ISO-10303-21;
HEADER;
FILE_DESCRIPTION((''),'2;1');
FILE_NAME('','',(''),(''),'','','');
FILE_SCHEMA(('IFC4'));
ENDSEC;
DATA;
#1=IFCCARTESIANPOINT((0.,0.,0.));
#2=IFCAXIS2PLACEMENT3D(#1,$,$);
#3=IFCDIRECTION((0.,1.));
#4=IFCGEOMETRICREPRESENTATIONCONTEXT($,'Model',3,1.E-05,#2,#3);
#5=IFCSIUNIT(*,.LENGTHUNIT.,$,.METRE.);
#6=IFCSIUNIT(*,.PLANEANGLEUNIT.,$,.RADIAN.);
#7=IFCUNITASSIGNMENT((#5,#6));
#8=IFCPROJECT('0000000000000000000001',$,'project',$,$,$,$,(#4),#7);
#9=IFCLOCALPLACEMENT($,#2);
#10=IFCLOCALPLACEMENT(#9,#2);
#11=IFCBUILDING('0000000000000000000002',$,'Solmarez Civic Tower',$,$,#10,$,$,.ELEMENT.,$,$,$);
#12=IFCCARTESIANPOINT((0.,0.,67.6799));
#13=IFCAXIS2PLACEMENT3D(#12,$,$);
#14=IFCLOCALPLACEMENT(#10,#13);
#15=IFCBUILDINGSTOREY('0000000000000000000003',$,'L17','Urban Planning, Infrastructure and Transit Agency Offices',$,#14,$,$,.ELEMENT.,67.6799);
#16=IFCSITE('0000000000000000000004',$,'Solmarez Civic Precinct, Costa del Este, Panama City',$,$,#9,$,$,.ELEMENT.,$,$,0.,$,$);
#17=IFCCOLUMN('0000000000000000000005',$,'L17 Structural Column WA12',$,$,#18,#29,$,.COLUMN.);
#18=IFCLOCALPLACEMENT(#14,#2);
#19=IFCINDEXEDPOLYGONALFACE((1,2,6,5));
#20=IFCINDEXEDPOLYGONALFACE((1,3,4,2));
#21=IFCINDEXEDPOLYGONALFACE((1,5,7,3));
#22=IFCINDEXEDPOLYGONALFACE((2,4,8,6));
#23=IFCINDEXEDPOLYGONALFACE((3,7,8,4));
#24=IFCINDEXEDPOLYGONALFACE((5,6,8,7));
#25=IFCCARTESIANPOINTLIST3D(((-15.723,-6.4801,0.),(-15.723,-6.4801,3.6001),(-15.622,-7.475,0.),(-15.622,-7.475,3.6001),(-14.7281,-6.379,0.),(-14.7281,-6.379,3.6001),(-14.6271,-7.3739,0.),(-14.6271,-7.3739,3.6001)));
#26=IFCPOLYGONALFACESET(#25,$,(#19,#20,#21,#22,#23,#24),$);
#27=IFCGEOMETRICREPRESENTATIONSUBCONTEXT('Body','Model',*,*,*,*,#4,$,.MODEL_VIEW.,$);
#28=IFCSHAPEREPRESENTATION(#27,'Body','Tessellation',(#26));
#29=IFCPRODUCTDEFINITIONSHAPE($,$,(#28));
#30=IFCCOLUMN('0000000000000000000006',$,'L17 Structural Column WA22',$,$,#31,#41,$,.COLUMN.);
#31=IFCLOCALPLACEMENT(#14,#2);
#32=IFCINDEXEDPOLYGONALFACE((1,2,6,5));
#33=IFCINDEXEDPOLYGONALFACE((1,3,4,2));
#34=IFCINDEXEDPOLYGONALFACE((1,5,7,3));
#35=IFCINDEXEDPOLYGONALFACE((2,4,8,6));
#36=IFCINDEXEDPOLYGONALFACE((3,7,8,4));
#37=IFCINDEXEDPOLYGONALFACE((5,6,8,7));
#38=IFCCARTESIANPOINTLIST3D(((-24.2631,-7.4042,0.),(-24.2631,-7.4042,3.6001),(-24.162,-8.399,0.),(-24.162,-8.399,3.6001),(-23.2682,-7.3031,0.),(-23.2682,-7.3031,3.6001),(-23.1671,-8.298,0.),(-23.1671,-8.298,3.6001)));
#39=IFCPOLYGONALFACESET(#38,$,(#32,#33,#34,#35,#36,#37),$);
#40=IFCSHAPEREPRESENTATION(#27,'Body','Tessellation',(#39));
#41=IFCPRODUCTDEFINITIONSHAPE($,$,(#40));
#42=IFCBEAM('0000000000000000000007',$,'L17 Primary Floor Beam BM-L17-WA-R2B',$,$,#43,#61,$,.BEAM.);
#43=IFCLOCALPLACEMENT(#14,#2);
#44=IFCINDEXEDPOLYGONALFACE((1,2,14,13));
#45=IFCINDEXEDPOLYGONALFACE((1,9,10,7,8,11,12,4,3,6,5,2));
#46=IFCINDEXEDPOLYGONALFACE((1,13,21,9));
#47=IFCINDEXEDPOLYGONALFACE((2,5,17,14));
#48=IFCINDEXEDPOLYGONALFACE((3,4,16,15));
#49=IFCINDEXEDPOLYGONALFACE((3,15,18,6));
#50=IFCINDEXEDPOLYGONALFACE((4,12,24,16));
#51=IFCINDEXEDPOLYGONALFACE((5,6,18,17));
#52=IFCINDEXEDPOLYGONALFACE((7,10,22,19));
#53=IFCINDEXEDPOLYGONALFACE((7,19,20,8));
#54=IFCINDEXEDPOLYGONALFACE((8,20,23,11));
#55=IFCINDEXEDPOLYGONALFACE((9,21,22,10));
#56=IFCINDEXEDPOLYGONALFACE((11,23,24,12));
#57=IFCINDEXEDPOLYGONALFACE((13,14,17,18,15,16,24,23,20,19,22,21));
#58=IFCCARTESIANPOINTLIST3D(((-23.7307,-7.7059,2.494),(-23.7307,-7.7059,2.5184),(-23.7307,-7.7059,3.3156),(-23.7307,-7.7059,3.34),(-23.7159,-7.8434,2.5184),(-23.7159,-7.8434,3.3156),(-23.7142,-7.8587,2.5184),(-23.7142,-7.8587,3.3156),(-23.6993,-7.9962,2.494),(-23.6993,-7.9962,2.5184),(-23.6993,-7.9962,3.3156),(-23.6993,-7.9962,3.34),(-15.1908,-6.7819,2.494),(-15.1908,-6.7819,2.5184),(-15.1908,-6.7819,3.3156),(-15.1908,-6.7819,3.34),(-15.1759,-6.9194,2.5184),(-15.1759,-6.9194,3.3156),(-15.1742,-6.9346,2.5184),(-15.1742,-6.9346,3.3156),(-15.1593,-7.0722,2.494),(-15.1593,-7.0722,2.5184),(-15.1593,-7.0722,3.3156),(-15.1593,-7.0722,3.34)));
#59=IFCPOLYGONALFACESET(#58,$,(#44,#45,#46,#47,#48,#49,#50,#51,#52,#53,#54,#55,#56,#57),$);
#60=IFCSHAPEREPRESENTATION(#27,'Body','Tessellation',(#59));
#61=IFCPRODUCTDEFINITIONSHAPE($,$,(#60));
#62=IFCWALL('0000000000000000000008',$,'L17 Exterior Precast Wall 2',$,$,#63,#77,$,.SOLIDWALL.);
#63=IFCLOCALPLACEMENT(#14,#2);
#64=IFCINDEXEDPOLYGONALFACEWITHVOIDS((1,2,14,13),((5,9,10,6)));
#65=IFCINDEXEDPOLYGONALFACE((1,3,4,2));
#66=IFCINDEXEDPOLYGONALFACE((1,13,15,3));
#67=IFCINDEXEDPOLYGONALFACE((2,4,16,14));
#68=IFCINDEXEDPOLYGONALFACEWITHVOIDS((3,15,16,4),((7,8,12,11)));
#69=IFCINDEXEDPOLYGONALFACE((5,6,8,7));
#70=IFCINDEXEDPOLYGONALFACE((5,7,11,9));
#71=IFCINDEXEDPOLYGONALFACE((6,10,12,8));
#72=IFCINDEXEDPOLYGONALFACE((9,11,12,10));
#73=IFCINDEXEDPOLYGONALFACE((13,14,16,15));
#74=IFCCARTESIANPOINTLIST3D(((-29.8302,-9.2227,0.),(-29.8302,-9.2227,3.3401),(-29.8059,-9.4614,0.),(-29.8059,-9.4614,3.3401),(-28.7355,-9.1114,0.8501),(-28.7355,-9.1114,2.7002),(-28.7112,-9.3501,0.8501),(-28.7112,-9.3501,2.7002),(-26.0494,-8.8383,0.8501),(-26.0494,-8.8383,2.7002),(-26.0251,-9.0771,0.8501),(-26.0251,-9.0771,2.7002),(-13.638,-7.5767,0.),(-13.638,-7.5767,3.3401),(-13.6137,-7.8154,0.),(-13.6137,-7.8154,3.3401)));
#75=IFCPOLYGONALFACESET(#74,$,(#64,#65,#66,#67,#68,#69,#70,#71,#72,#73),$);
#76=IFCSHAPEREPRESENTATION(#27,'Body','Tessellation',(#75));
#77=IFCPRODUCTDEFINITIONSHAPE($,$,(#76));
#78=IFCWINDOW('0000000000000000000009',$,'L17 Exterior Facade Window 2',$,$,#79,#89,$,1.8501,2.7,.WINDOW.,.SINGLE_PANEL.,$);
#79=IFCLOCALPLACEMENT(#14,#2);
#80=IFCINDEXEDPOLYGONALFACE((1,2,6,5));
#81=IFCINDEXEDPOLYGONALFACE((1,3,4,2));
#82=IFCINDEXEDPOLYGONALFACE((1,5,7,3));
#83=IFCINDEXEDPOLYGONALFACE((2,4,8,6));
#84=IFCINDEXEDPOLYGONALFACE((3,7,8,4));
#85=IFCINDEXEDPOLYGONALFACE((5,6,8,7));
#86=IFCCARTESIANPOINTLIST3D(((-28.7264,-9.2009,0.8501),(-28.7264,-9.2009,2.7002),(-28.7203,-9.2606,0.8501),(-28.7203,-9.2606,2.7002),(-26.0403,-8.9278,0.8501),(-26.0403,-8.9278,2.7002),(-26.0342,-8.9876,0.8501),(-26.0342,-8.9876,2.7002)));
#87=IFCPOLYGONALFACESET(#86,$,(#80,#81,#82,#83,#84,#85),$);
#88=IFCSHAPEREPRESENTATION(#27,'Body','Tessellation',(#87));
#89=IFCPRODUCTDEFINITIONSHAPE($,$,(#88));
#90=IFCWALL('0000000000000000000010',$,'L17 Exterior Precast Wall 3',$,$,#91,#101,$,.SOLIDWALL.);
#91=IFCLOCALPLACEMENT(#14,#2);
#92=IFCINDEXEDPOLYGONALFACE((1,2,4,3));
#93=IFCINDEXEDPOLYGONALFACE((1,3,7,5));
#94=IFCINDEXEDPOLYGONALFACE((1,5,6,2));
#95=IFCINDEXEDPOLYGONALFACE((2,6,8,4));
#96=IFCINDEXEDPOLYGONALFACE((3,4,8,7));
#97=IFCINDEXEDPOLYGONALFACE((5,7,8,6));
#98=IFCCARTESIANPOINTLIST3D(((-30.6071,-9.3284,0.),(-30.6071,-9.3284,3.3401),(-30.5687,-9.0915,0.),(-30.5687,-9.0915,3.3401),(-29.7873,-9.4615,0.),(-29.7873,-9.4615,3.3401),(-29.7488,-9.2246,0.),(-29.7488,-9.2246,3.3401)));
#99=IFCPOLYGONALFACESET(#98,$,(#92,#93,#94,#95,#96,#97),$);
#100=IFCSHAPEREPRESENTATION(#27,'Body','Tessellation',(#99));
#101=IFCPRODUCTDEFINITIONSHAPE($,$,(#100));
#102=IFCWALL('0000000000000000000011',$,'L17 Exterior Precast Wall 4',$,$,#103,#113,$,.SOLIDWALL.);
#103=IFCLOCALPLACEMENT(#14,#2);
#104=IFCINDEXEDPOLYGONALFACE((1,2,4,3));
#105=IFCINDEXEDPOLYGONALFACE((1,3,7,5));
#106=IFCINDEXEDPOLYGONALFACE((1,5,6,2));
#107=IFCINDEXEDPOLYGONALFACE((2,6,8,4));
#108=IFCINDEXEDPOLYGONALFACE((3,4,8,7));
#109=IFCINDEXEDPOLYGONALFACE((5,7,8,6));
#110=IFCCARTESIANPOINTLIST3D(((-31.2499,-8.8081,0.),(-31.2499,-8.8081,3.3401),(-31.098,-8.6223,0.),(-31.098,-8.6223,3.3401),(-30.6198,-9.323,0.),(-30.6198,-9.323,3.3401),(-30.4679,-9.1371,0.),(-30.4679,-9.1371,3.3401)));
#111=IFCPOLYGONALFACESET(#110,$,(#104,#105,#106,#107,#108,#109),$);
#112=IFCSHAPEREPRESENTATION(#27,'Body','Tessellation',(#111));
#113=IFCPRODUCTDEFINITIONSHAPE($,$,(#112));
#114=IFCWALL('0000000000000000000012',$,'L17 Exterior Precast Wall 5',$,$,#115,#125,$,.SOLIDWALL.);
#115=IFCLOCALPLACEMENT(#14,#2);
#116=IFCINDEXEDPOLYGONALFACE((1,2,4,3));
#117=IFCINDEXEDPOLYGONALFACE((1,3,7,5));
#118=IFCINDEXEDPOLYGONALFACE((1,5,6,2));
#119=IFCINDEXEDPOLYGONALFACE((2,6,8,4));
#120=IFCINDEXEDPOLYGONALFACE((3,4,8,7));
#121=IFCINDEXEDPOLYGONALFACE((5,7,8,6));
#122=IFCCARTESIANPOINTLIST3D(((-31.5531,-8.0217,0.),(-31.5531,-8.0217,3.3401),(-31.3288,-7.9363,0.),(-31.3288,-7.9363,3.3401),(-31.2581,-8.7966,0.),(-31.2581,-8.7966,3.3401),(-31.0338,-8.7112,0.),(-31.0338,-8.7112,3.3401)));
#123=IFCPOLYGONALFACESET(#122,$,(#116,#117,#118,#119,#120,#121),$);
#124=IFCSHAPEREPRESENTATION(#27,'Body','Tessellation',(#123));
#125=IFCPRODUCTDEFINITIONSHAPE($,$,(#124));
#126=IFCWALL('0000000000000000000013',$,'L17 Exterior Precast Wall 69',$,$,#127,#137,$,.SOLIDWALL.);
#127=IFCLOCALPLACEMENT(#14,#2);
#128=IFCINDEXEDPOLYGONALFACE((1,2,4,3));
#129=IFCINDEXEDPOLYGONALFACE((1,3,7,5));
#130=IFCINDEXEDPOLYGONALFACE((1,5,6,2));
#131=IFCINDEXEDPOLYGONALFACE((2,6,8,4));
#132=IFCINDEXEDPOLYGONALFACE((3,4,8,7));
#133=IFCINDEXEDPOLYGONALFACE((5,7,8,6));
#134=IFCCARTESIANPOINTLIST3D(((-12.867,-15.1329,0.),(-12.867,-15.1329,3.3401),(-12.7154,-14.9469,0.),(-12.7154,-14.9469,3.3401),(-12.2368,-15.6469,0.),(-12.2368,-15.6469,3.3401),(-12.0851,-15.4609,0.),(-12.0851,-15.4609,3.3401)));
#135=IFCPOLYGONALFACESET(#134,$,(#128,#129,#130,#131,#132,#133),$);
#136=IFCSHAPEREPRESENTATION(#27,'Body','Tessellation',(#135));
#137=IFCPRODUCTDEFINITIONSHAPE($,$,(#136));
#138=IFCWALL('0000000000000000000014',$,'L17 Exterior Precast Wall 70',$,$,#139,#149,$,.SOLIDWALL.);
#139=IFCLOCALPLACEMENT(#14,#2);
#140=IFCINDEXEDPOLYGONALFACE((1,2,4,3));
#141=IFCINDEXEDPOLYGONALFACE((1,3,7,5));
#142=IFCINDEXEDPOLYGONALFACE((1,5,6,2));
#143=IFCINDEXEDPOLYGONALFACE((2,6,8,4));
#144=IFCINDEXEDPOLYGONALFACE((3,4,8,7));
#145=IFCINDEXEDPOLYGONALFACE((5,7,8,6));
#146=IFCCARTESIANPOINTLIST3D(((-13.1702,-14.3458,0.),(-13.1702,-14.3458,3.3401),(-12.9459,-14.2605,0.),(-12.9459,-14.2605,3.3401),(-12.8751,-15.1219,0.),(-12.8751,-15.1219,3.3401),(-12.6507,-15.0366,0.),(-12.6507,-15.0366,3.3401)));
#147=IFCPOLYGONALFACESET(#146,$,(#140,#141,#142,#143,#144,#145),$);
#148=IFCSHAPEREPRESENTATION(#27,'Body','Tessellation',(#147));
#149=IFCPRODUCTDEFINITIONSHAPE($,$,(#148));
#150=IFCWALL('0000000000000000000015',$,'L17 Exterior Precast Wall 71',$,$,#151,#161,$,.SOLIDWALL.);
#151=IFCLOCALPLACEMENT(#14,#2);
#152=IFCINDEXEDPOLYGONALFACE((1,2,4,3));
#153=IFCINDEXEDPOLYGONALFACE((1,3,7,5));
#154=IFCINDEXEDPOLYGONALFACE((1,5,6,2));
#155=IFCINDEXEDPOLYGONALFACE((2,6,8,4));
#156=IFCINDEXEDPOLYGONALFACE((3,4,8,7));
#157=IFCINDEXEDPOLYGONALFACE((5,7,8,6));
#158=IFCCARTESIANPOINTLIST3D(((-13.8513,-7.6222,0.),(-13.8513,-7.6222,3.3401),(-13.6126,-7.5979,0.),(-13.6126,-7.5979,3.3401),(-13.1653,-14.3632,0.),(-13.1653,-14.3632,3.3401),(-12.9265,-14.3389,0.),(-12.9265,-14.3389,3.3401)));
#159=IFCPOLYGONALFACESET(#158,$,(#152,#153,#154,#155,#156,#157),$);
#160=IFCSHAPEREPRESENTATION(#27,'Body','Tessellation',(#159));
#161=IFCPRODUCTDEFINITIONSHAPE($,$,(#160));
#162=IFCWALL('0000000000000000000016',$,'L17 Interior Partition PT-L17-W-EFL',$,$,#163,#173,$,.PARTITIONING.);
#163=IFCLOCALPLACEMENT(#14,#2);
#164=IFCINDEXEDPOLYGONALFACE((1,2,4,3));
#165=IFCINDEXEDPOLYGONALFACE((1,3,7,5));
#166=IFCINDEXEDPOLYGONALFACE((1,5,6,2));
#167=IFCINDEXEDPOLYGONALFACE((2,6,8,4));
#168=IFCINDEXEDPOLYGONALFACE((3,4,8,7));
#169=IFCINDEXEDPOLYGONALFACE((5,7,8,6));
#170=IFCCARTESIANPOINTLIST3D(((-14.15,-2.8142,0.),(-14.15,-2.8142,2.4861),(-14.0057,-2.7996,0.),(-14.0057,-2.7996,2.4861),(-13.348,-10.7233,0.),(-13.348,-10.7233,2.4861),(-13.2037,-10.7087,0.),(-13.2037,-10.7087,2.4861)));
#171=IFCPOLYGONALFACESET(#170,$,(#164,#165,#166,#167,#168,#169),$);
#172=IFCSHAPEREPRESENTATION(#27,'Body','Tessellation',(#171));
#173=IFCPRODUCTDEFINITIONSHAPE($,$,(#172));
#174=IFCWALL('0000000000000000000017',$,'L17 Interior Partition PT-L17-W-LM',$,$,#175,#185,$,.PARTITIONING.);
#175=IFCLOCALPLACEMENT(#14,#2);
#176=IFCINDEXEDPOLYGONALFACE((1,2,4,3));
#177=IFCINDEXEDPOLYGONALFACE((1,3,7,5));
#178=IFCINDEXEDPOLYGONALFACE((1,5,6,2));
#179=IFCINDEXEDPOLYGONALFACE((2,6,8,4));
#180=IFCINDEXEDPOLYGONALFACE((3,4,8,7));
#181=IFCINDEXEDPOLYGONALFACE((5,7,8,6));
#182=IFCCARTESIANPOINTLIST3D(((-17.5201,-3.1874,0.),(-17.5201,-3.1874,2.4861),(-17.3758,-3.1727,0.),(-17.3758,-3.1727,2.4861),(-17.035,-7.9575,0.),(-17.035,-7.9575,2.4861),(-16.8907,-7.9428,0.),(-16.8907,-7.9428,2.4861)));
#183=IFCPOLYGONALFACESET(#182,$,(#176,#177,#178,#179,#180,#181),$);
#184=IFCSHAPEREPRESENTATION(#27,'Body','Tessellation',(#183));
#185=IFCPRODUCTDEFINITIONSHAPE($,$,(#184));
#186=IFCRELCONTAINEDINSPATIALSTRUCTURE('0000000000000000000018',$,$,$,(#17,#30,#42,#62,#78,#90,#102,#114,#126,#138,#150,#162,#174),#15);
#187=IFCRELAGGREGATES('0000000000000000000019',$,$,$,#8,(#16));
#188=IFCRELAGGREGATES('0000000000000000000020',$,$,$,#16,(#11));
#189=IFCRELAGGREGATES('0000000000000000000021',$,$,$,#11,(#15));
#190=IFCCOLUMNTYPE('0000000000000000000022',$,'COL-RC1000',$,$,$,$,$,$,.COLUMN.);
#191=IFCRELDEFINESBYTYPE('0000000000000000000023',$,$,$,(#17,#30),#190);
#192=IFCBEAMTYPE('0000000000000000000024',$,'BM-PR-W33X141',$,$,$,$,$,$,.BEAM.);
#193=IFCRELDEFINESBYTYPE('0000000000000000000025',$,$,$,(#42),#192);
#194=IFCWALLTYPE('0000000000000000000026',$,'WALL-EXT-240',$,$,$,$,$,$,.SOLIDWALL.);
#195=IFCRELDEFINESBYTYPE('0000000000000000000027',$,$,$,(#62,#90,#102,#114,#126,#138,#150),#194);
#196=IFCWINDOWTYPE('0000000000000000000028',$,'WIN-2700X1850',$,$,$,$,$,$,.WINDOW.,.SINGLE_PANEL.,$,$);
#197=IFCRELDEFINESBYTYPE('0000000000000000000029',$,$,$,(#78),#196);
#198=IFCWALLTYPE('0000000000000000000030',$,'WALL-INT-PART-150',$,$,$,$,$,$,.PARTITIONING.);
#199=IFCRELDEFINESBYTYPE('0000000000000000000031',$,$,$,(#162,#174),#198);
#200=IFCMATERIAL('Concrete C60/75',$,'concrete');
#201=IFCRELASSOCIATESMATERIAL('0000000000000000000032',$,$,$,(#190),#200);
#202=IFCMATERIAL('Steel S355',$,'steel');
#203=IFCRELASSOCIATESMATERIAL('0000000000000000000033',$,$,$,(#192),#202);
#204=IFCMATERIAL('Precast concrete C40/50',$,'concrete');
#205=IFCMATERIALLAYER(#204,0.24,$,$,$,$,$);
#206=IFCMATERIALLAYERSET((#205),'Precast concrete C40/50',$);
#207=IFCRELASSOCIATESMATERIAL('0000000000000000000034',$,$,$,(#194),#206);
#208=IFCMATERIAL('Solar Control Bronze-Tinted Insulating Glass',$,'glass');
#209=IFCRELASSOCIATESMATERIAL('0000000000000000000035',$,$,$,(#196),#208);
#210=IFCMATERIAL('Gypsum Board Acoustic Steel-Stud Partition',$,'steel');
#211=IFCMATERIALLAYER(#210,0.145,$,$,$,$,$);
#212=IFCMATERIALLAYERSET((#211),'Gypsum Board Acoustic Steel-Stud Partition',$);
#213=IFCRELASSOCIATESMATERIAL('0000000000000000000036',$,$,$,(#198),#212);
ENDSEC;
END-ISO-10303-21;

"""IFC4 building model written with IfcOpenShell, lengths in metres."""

from ifc_helpers import new_model, si_unit, direction, frame, frame_2d, origin, origin_2d, place, context, subcontext, project, spatial, rectangle, i_section, extrude, material, layer, layer_set, material_profile, profile_set, type_object, element, fill, save


model = new_model("IFC4")

# Units and contexts
model_context = context("Model", 3, precision=1e-05, world=origin(), true_north=direction((0.0, 1.0)))
body_context = subcontext(model_context, "Body", "Model", "MODEL_VIEW")
ifc_project = project(units=[si_unit("LENGTHUNIT", "METRE"), si_unit("PLANEANGLEUNIT", "RADIAN")], contexts=[model_context])

# Site, building, storey
site_placement = place(None, origin())
site = spatial("IfcSite", under=ifc_project, at=site_placement, Name="Solmarez Civic Precinct, Costa del Este, Panama City", CompositionType="ELEMENT", RefElevation=0.0)
building_placement = place(site_placement, origin())
building = spatial("IfcBuilding", under=site, at=building_placement, Name="Solmarez Civic Tower", CompositionType="ELEMENT")
storey_placement = place(building_placement, frame((0.0, 0.0, 67.6799)))
storey = spatial("IfcBuildingStorey", under=building, at=storey_placement, Name="L17", Description="Urban Planning, Infrastructure and Transit Agency Offices", CompositionType="ELEMENT", Elevation=67.6799)

# Columns
ifc_material_1 = material(Name="Concrete C60/75", Category="concrete")
ifc_material_profile_1 = material_profile(ifc_material_1, rectangle(XDim=1.0, YDim=1.0, at=origin_2d()), Name="RC1000X1000")
ifc_profile_set_1 = profile_set([ifc_material_profile_1], Name="Concrete C60/75")
column_type = type_object("IfcColumnType", Name="COL-RC1000", PredefinedType="COLUMN", material=ifc_profile_set_1)
for number, where, z_axis, x_axis, name in (
    (1, (-15.175, -6.927, 0.0), (0.0, 0.0, 1.0), (0.994881, 0.101056, 0.0), "L17 Structural Column WA12"),
    (2, (-23.7151, -7.8511, 0.0), (0.0, 0.0, 1.0), (0.994881, 0.101056, 0.0), "L17 Structural Column WA22"),
):
    element("IfcColumn", number, at=place(storey_placement, frame(where, z_axis=z_axis, x_axis=x_axis)), inside=storey, type_object=column_type, Name=name, PredefinedType="COLUMN", context=body_context, shape_type="SweptSolid", body=[
        extrude(rectangle(XDim=1.0, YDim=1.0, at=origin_2d()), origin(), (0.0, 0.0, 1.0), 3.6001),
    ])

# Beam
ifc_material_2 = material(Name="Steel S355", Category="steel")
ifc_material_profile_2 = material_profile(ifc_material_2, i_section(OverallWidth=0.292, OverallDepth=0.8459, WebThickness=0.0154, FlangeThickness=0.0244, at=origin_2d()), Name="W33X141")
ifc_profile_set_2 = profile_set([ifc_material_profile_2], Name="Steel S355")
beam_type = type_object("IfcBeamType", Name="BM-PR-W33X141", PredefinedType="BEAM", material=ifc_profile_set_2)
beam_placement = place(storey_placement, frame((-15.175, -6.927, 2.917), z_axis=(-0.994197, -0.107577, 0.0), x_axis=(0.107577, -0.994197, 0.0)))
element("IfcBeam", 3, at=beam_placement, inside=storey, type_object=beam_type, Name="L17 Primary Floor Beam BM-L17-WA-R2B", PredefinedType="BEAM", context=body_context, shape_type="SweptSolid", body=[
    extrude(i_section(OverallWidth=0.292, OverallDepth=0.8459, WebThickness=0.0154, FlangeThickness=0.0244, at=origin_2d()), origin(), (0.0, 0.0, 1.0), 8.5898),
])

# Wall, opening, window
ifc_material_3 = material(Name="Precast concrete C40/50", Category="concrete")
ifc_layer_1 = layer(ifc_material_3, 0.24)
ifc_layer_set_1 = layer_set([ifc_layer_1], Name="Precast concrete C40/50")
wall_type_1 = type_object("IfcWallType", Name="WALL-EXT-240", PredefinedType="SOLIDWALL", material=ifc_layer_set_1)
wall_1_placement = place(storey_placement, frame((-13.626, -7.696, 0.0), z_axis=(0.0, 0.0, 1.0), x_axis=(-0.994873, -0.101133, 0.0)))
wall_1 = element("IfcWall", 4, at=wall_1_placement, inside=storey, type_object=wall_type_1, Name="L17 Exterior Precast Wall 2", PredefinedType="SOLIDWALL", context=body_context, shape_type="SweptSolid", body=[
    extrude(rectangle(XDim=16.2756, YDim=0.24, at=frame_2d((8.1377, 0.0))), origin(), (0.0, 0.0, 1.0), 3.3401),
])
opening_1_placement = place(wall_1_placement, frame((12.4751, 0.0, 0.8501)))
opening_1 = element("IfcOpeningElement", 5, at=opening_1_placement, cuts=wall_1, PredefinedType="OPENING", context=body_context, shape_type="SweptSolid", body=[
    extrude(rectangle(XDim=2.7, YDim=1.8501, at=frame_2d((1.3501, 0.925))), frame((0.0, 0.1299, 0.0), z_axis=(0.0, -1.0, 0.0), x_axis=(1.0, 0.0, 0.0)), (0.0, 0.0, 1.0), 0.26),
])
ifc_material_4 = material(Name="Solar Control Bronze-Tinted Insulating Glass", Category="glass")
window_type = type_object("IfcWindowType", Name="WIN-2700X1850", PartitioningType="SINGLE_PANEL", PredefinedType="WINDOW", material=ifc_material_4)
window_placement = place(opening_1_placement, origin())
window = element("IfcWindow", 6, at=window_placement, inside=storey, type_object=window_type, Name="L17 Exterior Facade Window 2", OverallHeight=1.8501, OverallWidth=2.7, PartitioningType="SINGLE_PANEL", PredefinedType="WINDOW", context=body_context, shape_type="SweptSolid", body=[
    extrude(rectangle(XDim=2.7, YDim=1.8501, at=frame_2d((1.3501, 0.925))), frame((0.0, 0.03, 0.0), z_axis=(0.0, -1.0, 0.0), x_axis=(1.0, 0.0, 0.0)), (0.0, 0.0, 1.0), 0.0601),
])
fill(opening_1, window)

# Walls
wall_2_placement = place(storey_placement, frame((-29.7681, -9.343, 0.0), z_axis=(0.0, 0.0, 1.0), x_axis=(-0.987084, 0.160203, 0.0)))
element("IfcWall", 7, at=wall_2_placement, inside=storey, type_object=wall_type_1, Name="L17 Exterior Precast Wall 3", PredefinedType="SOLIDWALL", context=body_context, shape_type="SweptSolid", body=[
    extrude(rectangle(XDim=0.8306, YDim=0.24, at=frame_2d((0.4153, 0.0))), origin(), (0.0, 0.0, 1.0), 3.3401),
])
wall_3_placement = place(storey_placement, frame((-30.5439, -9.23, 0.0), z_axis=(0.0, 0.0, 1.0), x_axis=(-0.774358, 0.632748, 0.0)))
element("IfcWall", 8, at=wall_3_placement, inside=storey, type_object=wall_type_1, Name="L17 Exterior Precast Wall 4", PredefinedType="SOLIDWALL", context=body_context, shape_type="SweptSolid", body=[
    extrude(rectangle(XDim=0.8137, YDim=0.24, at=frame_2d((0.4067, 0.0))), origin(), (0.0, 0.0, 1.0), 3.3401),
])
wall_4_placement = place(storey_placement, frame((-31.146, -8.7539, 0.0), z_axis=(0.0, 0.0, 1.0), x_axis=(-0.355701, 0.9346, 0.0)))
element("IfcWall", 9, at=wall_4_placement, inside=storey, type_object=wall_type_1, Name="L17 Exterior Precast Wall 5", PredefinedType="SOLIDWALL", context=body_context, shape_type="SweptSolid", body=[
    extrude(rectangle(XDim=0.8291, YDim=0.24, at=frame_2d((0.4146, 0.0))), origin(), (0.0, 0.0, 1.0), 3.3401),
])
wall_5_placement = place(storey_placement, frame((-12.1609, -15.554, 0.0), z_axis=(0.0, 0.0, 1.0), x_axis=(-0.774946, 0.632027, 0.0)))
element("IfcWall", 10, at=wall_5_placement, inside=storey, type_object=wall_type_1, Name="L17 Exterior Precast Wall 69", PredefinedType="SOLIDWALL", context=body_context, shape_type="SweptSolid", body=[
    extrude(rectangle(XDim=0.8132, YDim=0.24, at=frame_2d((0.4067, 0.0))), origin(), (0.0, 0.0, 1.0), 3.3401),
])
wall_6_placement = place(storey_placement, frame((-12.7629, -15.0791, 0.0), z_axis=(0.0, 0.0, 1.0), x_axis=(-0.35547, 0.934688, 0.0)))
element("IfcWall", 11, at=wall_6_placement, inside=storey, type_object=wall_type_1, Name="L17 Exterior Precast Wall 70", PredefinedType="SOLIDWALL", context=body_context, shape_type="SweptSolid", body=[
    extrude(rectangle(XDim=0.8303, YDim=0.24, at=frame_2d((0.415, 0.0))), origin(), (0.0, 0.0, 1.0), 3.3401),
])
wall_7_placement = place(storey_placement, frame((-13.0459, -14.3511, 0.0), z_axis=(0.0, 0.0, 1.0), x_axis=(-0.101248, 0.994861, 0.0)))
element("IfcWall", 12, at=wall_7_placement, inside=storey, type_object=wall_type_1, Name="L17 Exterior Precast Wall 71", PredefinedType="SOLIDWALL", context=body_context, shape_type="SweptSolid", body=[
    extrude(rectangle(XDim=6.7759, YDim=0.24, at=frame_2d((3.3879, 0.0))), origin(), (0.0, 0.0, 1.0), 3.3401),
])
ifc_material_5 = material(Name="Gypsum Board Acoustic Steel-Stud Partition", Category="steel")
ifc_layer_2 = layer(ifc_material_5, 0.145)
ifc_layer_set_2 = layer_set([ifc_layer_2], Name="Gypsum Board Acoustic Steel-Stud Partition")
wall_type_2 = type_object("IfcWallType", Name="WALL-INT-PART-150", PredefinedType="PARTITIONING", material=ifc_layer_set_2)
wall_8_placement = place(storey_placement, frame((-14.0779, -2.8069, 0.0), z_axis=(0.0, 0.0, 1.0), x_axis=(0.100884, -0.994898, 0.0)))
element("IfcWall", 13, at=wall_8_placement, inside=storey, type_object=wall_type_2, Name="L17 Interior Partition PT-L17-W-EFL", PredefinedType="PARTITIONING", context=body_context, shape_type="SweptSolid", body=[
    extrude(rectangle(XDim=7.9497, YDim=0.145, at=frame_2d((3.9749, 0.0))), origin(), (0.0, 0.0, 1.0), 2.4861),
])
wall_9_placement = place(storey_placement, frame((-17.448, -3.1799, 0.0), z_axis=(0.0, 0.0, 1.0), x_axis=(0.101177, -0.994868, 0.0)))
element("IfcWall", 14, at=wall_9_placement, inside=storey, type_object=wall_type_2, Name="L17 Interior Partition PT-L17-W-LM", PredefinedType="PARTITIONING", context=body_context, shape_type="SweptSolid", body=[
    extrude(rectangle(XDim=4.7947, YDim=0.145, at=frame_2d((2.3975, 0.0))), origin(), (0.0, 0.0, 1.0), 2.4861),
])

save(model, "model.ifc")
